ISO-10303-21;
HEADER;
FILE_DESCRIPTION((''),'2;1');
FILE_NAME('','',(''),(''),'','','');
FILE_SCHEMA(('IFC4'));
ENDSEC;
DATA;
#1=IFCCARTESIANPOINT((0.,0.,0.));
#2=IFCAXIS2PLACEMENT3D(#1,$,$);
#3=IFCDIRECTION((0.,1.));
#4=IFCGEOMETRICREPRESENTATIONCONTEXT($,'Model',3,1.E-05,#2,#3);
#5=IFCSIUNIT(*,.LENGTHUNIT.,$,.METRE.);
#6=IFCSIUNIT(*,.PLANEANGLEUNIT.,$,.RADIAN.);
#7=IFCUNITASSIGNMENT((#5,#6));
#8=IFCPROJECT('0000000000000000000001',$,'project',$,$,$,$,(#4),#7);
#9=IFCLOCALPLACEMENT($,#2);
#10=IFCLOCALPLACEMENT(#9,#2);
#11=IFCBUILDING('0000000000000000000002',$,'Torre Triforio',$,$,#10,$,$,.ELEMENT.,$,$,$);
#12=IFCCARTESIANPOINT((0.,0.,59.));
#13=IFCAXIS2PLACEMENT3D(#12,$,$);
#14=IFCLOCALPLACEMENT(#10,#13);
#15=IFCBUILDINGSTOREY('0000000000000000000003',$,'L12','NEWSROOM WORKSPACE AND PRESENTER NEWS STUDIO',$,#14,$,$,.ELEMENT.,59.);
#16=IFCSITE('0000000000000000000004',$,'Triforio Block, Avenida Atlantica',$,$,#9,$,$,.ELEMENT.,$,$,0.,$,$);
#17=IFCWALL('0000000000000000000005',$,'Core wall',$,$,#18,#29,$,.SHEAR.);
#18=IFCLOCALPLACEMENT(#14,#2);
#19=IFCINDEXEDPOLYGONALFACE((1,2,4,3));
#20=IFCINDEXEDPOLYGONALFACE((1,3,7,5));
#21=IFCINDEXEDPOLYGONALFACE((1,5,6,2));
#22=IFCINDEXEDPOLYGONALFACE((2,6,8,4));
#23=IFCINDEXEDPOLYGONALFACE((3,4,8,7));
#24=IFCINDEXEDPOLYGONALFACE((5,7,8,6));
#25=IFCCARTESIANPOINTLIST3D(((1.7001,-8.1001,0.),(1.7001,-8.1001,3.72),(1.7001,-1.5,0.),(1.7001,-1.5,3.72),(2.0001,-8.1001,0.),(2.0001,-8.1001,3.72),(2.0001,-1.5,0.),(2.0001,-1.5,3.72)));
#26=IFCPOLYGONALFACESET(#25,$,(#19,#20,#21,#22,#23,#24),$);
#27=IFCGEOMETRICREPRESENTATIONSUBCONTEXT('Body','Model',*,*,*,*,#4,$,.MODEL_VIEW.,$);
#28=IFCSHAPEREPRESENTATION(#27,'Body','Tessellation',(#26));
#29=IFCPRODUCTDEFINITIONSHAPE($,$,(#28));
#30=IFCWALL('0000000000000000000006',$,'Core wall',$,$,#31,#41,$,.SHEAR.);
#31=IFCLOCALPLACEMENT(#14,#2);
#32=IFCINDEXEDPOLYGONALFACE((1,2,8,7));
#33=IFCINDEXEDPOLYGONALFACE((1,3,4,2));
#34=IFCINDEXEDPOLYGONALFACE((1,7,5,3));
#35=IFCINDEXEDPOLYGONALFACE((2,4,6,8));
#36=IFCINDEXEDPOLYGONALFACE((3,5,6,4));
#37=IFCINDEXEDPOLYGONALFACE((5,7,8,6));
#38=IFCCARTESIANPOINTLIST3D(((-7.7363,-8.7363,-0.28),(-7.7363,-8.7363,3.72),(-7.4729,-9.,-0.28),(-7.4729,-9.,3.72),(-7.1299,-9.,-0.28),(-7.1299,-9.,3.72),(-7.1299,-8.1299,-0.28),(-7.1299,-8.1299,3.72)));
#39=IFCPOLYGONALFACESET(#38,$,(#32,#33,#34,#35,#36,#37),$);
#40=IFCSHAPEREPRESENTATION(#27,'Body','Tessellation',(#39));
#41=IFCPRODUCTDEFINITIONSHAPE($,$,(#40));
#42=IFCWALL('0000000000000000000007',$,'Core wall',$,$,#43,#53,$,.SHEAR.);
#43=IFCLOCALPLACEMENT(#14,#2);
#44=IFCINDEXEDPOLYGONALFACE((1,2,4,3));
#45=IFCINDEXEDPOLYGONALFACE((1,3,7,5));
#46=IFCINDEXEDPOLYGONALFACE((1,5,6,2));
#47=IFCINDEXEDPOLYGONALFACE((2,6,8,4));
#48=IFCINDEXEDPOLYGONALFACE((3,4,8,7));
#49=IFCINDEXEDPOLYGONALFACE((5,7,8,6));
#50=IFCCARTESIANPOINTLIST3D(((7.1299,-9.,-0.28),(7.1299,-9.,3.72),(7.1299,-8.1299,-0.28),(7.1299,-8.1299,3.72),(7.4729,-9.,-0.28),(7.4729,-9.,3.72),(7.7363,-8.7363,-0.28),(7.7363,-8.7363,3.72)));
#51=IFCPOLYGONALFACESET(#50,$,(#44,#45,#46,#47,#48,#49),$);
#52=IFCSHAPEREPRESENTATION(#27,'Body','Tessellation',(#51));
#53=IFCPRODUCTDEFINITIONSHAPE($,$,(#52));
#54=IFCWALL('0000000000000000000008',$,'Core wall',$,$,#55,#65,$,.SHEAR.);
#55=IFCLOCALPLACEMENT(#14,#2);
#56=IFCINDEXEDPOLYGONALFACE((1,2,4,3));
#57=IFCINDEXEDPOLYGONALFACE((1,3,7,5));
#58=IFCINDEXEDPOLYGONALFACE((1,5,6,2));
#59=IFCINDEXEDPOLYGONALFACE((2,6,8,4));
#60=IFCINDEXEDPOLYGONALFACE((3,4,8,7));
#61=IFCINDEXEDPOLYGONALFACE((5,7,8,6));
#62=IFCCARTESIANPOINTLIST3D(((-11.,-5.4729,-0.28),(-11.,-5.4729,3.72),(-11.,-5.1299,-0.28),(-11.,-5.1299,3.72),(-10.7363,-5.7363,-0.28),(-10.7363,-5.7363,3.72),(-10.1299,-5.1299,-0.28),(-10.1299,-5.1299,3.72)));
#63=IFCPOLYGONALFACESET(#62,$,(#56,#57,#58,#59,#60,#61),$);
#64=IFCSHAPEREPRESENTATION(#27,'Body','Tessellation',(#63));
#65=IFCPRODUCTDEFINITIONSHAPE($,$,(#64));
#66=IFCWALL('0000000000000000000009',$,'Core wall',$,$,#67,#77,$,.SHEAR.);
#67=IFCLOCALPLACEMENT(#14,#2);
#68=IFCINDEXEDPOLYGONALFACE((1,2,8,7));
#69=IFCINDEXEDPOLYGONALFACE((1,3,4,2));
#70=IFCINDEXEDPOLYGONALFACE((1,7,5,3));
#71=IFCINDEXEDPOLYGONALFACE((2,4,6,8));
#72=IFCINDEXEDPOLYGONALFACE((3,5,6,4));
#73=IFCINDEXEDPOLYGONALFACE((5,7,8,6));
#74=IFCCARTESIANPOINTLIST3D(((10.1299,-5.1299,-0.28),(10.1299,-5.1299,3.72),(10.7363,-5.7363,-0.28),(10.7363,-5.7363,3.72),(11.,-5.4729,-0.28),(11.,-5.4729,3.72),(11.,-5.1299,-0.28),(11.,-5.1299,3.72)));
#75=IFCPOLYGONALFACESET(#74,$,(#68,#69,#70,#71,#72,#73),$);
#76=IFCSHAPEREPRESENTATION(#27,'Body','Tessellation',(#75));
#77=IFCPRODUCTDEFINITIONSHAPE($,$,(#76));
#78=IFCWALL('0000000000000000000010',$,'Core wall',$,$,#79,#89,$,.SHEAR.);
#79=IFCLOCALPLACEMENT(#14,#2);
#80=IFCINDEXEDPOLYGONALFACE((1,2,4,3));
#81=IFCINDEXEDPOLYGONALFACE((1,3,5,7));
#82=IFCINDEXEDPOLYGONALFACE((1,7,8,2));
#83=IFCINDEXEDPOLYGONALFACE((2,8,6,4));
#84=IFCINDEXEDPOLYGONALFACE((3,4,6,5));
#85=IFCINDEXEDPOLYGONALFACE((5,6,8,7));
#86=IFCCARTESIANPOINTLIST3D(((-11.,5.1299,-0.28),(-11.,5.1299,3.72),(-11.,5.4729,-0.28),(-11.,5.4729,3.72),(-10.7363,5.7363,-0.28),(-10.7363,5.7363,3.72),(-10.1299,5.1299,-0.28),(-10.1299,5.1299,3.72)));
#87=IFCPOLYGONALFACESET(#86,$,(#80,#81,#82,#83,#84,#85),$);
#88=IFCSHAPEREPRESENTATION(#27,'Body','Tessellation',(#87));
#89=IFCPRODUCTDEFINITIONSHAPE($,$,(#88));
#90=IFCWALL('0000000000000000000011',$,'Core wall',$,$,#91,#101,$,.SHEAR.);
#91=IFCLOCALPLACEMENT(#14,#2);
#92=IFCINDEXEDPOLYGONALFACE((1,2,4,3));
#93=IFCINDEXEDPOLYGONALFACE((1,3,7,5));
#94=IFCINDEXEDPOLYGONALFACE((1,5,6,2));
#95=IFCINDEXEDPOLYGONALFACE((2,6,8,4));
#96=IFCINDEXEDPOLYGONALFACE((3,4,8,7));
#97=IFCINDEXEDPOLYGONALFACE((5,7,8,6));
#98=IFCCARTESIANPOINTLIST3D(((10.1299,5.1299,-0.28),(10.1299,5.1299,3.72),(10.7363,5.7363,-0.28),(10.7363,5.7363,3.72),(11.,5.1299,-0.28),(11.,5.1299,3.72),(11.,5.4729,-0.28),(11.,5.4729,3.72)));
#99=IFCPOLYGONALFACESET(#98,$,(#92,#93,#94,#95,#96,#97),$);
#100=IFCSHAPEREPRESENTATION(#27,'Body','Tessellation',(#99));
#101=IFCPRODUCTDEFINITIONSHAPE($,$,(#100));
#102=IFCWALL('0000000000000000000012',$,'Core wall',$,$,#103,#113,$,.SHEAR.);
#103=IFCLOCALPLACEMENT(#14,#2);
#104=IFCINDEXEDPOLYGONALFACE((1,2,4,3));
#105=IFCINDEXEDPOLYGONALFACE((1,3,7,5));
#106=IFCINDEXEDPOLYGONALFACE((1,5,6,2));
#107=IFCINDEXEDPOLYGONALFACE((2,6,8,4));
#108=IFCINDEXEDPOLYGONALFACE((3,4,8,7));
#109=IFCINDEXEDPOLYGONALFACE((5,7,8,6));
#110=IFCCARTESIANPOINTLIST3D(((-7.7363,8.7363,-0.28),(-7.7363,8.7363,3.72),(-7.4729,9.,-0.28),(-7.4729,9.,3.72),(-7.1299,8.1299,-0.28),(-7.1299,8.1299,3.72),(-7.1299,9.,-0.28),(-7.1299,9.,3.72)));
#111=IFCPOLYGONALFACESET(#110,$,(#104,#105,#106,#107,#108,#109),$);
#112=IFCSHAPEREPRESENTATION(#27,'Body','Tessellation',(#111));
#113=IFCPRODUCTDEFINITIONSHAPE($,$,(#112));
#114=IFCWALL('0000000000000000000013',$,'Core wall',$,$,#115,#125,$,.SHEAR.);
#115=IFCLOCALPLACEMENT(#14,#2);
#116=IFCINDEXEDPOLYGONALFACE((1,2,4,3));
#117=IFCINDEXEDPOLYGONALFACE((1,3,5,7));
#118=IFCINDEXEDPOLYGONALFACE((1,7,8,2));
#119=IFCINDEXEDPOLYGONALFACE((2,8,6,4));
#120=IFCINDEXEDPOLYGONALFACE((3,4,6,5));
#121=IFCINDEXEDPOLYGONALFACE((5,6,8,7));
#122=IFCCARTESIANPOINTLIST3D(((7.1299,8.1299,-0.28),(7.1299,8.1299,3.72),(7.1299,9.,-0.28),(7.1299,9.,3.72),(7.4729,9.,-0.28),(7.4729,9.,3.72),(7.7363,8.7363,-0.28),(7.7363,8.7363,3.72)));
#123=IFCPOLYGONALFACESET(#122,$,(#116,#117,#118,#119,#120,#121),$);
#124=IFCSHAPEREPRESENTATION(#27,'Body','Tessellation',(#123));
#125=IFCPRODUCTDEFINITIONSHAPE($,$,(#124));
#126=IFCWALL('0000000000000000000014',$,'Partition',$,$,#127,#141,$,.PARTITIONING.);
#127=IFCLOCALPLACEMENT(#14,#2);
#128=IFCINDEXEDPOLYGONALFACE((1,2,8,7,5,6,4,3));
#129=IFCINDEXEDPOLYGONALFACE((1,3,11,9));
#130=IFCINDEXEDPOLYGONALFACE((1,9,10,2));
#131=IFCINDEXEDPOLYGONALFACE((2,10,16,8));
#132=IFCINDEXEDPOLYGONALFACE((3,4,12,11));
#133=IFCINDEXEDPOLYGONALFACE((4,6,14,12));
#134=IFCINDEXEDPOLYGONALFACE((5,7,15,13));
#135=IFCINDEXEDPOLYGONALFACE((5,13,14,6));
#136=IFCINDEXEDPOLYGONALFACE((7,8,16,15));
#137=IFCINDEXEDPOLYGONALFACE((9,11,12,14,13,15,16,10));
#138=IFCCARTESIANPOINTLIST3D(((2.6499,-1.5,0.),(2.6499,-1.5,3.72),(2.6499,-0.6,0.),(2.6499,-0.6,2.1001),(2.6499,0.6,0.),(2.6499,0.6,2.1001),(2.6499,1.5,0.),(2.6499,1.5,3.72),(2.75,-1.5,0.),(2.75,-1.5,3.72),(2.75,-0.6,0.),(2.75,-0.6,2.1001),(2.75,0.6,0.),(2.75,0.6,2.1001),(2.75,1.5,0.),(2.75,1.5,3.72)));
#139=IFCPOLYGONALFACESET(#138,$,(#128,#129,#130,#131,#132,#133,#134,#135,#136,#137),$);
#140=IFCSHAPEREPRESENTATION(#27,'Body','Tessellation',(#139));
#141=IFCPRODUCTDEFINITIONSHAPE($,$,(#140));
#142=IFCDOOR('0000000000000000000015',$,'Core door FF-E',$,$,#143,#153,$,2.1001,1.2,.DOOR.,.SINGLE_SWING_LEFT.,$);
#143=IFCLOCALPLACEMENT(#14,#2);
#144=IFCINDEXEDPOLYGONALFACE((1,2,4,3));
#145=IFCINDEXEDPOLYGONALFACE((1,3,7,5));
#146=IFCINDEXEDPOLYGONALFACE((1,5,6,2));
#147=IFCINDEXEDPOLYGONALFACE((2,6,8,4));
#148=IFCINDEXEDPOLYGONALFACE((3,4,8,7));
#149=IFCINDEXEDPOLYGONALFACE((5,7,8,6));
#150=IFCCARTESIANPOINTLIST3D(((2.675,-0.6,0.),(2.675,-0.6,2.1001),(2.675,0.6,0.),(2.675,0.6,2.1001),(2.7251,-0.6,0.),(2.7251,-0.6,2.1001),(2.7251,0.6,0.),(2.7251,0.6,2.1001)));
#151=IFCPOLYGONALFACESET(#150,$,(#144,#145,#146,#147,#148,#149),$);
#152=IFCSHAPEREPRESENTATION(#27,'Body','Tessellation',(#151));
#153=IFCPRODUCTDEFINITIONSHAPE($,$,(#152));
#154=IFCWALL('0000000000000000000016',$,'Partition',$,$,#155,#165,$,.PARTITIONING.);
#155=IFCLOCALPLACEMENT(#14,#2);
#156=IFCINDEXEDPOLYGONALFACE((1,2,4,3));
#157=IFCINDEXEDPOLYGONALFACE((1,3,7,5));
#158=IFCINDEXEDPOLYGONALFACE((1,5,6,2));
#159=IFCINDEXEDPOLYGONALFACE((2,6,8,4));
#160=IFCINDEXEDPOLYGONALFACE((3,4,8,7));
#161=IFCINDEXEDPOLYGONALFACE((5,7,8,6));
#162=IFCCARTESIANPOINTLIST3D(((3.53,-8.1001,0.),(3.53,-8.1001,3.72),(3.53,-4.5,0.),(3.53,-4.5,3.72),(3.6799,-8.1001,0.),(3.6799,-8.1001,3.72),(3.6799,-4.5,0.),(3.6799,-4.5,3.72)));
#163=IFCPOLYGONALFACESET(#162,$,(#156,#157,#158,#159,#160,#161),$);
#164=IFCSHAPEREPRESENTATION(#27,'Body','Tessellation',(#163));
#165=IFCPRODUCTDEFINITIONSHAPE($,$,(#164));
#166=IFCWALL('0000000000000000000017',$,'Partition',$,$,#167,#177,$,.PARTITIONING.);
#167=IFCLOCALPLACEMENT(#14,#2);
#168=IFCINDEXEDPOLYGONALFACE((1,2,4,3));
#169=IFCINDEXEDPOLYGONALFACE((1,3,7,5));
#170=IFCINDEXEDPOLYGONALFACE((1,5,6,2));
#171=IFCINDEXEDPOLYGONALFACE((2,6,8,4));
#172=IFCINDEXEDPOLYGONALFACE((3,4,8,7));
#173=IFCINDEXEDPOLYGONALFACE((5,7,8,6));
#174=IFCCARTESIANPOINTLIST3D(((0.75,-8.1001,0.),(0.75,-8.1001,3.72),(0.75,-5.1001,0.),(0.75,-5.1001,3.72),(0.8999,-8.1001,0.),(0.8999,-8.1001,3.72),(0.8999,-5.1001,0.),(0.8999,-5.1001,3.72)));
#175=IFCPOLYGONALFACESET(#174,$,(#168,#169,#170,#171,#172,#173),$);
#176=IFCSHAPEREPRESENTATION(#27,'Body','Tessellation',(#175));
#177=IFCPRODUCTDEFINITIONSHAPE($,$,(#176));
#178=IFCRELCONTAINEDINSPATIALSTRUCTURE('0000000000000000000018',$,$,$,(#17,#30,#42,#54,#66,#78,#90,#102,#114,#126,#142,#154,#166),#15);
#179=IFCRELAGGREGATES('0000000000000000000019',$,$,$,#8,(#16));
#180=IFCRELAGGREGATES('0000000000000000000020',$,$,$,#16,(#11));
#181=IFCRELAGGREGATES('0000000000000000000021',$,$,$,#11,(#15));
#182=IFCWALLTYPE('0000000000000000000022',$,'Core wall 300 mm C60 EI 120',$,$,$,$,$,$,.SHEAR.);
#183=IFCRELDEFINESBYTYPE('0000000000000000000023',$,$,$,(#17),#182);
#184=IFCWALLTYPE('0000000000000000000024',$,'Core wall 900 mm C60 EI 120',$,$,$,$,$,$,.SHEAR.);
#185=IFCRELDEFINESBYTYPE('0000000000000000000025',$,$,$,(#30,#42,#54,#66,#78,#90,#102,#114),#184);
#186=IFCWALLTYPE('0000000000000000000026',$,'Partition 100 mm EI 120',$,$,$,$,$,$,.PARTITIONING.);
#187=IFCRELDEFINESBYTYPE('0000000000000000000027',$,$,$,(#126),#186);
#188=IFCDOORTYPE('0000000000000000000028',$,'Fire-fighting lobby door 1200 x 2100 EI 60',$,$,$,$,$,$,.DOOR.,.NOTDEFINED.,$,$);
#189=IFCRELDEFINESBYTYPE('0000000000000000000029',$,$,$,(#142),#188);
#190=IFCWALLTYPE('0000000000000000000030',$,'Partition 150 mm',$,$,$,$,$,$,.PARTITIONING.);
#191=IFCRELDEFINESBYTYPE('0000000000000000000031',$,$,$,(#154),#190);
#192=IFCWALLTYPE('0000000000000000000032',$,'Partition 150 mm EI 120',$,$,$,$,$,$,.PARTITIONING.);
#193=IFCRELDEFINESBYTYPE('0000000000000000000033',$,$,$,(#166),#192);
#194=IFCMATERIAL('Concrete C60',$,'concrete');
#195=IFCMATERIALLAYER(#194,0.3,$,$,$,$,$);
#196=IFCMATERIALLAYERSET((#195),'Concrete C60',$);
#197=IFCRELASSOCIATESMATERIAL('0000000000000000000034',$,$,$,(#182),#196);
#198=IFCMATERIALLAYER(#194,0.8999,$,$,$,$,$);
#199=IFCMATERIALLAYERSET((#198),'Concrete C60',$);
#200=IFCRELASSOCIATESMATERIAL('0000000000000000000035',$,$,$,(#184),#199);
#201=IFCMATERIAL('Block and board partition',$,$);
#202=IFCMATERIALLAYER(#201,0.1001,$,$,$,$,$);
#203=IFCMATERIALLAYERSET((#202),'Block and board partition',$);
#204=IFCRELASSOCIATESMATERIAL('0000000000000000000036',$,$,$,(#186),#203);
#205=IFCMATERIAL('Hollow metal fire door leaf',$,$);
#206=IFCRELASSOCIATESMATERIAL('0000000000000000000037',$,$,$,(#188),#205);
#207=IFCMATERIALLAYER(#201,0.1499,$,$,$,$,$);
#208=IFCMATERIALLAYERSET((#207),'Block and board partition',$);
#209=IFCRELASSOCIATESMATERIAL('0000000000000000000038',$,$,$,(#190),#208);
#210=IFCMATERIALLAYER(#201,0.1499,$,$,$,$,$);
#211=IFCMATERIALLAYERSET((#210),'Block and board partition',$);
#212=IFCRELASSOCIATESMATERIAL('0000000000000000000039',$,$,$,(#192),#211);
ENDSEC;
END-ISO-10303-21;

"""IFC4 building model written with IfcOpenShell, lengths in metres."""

from ifc_helpers import new_model, si_unit, direction, frame, frame_2d, origin, place, context, subcontext, project, spatial, polyline, rectangle, outline, extrude, material, layer, layer_set, type_object, element, fill, save


model = new_model("IFC4")

# Units and contexts
model_context = context("Model", 3, precision=1e-05, world=origin(), true_north=direction((0.0, 1.0)))
body_context = subcontext(model_context, "Body", "Model", "MODEL_VIEW")
ifc_project = project(units=[si_unit("LENGTHUNIT", "METRE"), si_unit("PLANEANGLEUNIT", "RADIAN")], contexts=[model_context])

# Site, building, storey
site_placement = place(None, origin())
site = spatial("IfcSite", under=ifc_project, at=site_placement, Name="Triforio Block, Avenida Atlantica", CompositionType="ELEMENT", RefElevation=0.0)
building_placement = place(site_placement, origin())
building = spatial("IfcBuilding", under=site, at=building_placement, Name="Torre Triforio", CompositionType="ELEMENT")
storey_placement = place(building_placement, frame((0.0, 0.0, 59.0)))
storey = spatial("IfcBuildingStorey", under=building, at=storey_placement, Name="L12", Description="NEWSROOM WORKSPACE AND PRESENTER NEWS STUDIO", CompositionType="ELEMENT", Elevation=59.0)

# Walls
ifc_material_1 = material(Name="Concrete C60", Category="concrete")
ifc_layer_1 = layer(ifc_material_1, 0.3)
ifc_layer_set_1 = layer_set([ifc_layer_1], Name="Concrete C60")
wall_type_1 = type_object("IfcWallType", Name="Core wall 300 mm C60 EI 120", PredefinedType="SHEAR", material=ifc_layer_set_1)
wall_1_placement = place(storey_placement, frame((1.8501, -8.1001, 0.0), z_axis=(0.0, 0.0, 1.0), x_axis=(0.0, 1.0, 0.0)))
element("IfcWall", 1, at=wall_1_placement, inside=storey, type_object=wall_type_1, Name="Core wall", PredefinedType="SHEAR", context=body_context, shape_type="SweptSolid", body=[
    extrude(rectangle(XDim=6.6001, YDim=0.3, at=frame_2d((3.3, 0.0))), origin(), (0.0, 0.0, 1.0), 3.72),
])
ifc_layer_2 = layer(ifc_material_1, 0.8999)
ifc_layer_set_2 = layer_set([ifc_layer_2], Name="Concrete C60")
wall_type_2 = type_object("IfcWallType", Name="Core wall 900 mm C60 EI 120", PredefinedType="SHEAR", material=ifc_layer_set_2)
wall_2_placement = place(storey_placement, frame((0.0, 0.0, -0.28)))
element("IfcWall", 2, at=wall_2_placement, inside=storey, type_object=wall_type_2, Name="Core wall", PredefinedType="SHEAR", context=body_context, shape_type="SweptSolid", body=[
    extrude(outline(polyline([(-7.4729, -9.0), (-7.7363, -8.7363), (-7.1299, -8.1299), (-7.1299, -9.0), (-7.4729, -9.0)])), origin(), (0.0, 0.0, 1.0), 4.0),
])
wall_3_placement = place(storey_placement, frame((0.0, 0.0, -0.28)))
element("IfcWall", 3, at=wall_3_placement, inside=storey, type_object=wall_type_2, Name="Core wall", PredefinedType="SHEAR", context=body_context, shape_type="SweptSolid", body=[
    extrude(outline(polyline([(7.4729, -9.0), (7.1299, -9.0), (7.1299, -8.1299), (7.7363, -8.7363), (7.4729, -9.0)])), origin(), (0.0, 0.0, 1.0), 4.0),
])
wall_4_placement = place(storey_placement, frame((0.0, 0.0, -0.28)))
element("IfcWall", 4, at=wall_4_placement, inside=storey, type_object=wall_type_2, Name="Core wall", PredefinedType="SHEAR", context=body_context, shape_type="SweptSolid", body=[
    extrude(outline(polyline([(-11.0, -5.4729), (-11.0, -5.1299), (-10.1299, -5.1299), (-10.7363, -5.7363), (-11.0, -5.4729)])), origin(), (0.0, 0.0, 1.0), 4.0),
])
wall_5_placement = place(storey_placement, frame((0.0, 0.0, -0.28)))
element("IfcWall", 5, at=wall_5_placement, inside=storey, type_object=wall_type_2, Name="Core wall", PredefinedType="SHEAR", context=body_context, shape_type="SweptSolid", body=[
    extrude(outline(polyline([(11.0, -5.4729), (10.7363, -5.7363), (10.1299, -5.1299), (11.0, -5.1299), (11.0, -5.4729)])), origin(), (0.0, 0.0, 1.0), 4.0),
])
wall_6_placement = place(storey_placement, frame((0.0, 0.0, -0.28)))
element("IfcWall", 6, at=wall_6_placement, inside=storey, type_object=wall_type_2, Name="Core wall", PredefinedType="SHEAR", context=body_context, shape_type="SweptSolid", body=[
    extrude(outline(polyline([(-10.7363, 5.7363), (-10.1299, 5.1299), (-11.0, 5.1299), (-11.0, 5.4729), (-10.7363, 5.7363)])), origin(), (0.0, 0.0, 1.0), 4.0),
])
wall_7_placement = place(storey_placement, frame((0.0, 0.0, -0.28)))
element("IfcWall", 7, at=wall_7_placement, inside=storey, type_object=wall_type_2, Name="Core wall", PredefinedType="SHEAR", context=body_context, shape_type="SweptSolid", body=[
    extrude(outline(polyline([(11.0, 5.4729), (11.0, 5.1299), (10.1299, 5.1299), (10.7363, 5.7363), (11.0, 5.4729)])), origin(), (0.0, 0.0, 1.0), 4.0),
])
wall_8_placement = place(storey_placement, frame((0.0, 0.0, -0.28)))
element("IfcWall", 8, at=wall_8_placement, inside=storey, type_object=wall_type_2, Name="Core wall", PredefinedType="SHEAR", context=body_context, shape_type="SweptSolid", body=[
    extrude(outline(polyline([(-7.4729, 9.0), (-7.1299, 9.0), (-7.1299, 8.1299), (-7.7363, 8.7363), (-7.4729, 9.0)])), origin(), (0.0, 0.0, 1.0), 4.0),
])
wall_9_placement = place(storey_placement, frame((0.0, 0.0, -0.28)))
element("IfcWall", 9, at=wall_9_placement, inside=storey, type_object=wall_type_2, Name="Core wall", PredefinedType="SHEAR", context=body_context, shape_type="SweptSolid", body=[
    extrude(outline(polyline([(7.4729, 9.0), (7.7363, 8.7363), (7.1299, 8.1299), (7.1299, 9.0), (7.4729, 9.0)])), origin(), (0.0, 0.0, 1.0), 4.0),
])

# Wall, opening, door
ifc_material_2 = material(Name="Block and board partition")
ifc_layer_3 = layer(ifc_material_2, 0.1001)
ifc_layer_set_3 = layer_set([ifc_layer_3], Name="Block and board partition")
wall_type_3 = type_object("IfcWallType", Name="Partition 100 mm EI 120", PredefinedType="PARTITIONING", material=ifc_layer_set_3)
wall_10_placement = place(storey_placement, frame((2.7, -1.5, 0.0), z_axis=(0.0, 0.0, 1.0), x_axis=(0.0, 1.0, 0.0)))
wall_10 = element("IfcWall", 10, at=wall_10_placement, inside=storey, type_object=wall_type_3, Name="Partition", PredefinedType="PARTITIONING", context=body_context, shape_type="SweptSolid", body=[
    extrude(rectangle(XDim=3.0, YDim=0.1001, at=frame_2d((1.5, 0.0))), origin(), (0.0, 0.0, 1.0), 3.72),
])
opening_placement = place(wall_10_placement, frame((0.8999, 0.0, 0.0)))
opening = element("IfcOpeningElement", 11, at=opening_placement, cuts=wall_10, PredefinedType="OPENING", context=body_context, shape_type="SweptSolid", body=[
    extrude(rectangle(XDim=1.2, YDim=2.1001, at=frame_2d((0.6001, 1.05))), frame((0.0, 0.0601, 0.0), z_axis=(0.0, -1.0, 0.0), x_axis=(1.0, 0.0, 0.0)), (0.0, 0.0, 1.0), 0.1201),
])
ifc_material_3 = material(Name="Hollow metal fire door leaf")
door_type = type_object("IfcDoorType", Name="Fire-fighting lobby door 1200 x 2100 EI 60", OperationType="NOTDEFINED", PredefinedType="DOOR", material=ifc_material_3)
door_placement = place(opening_placement, origin())
door = element("IfcDoor", 12, at=door_placement, inside=storey, type_object=door_type, Name="Core door FF-E", OperationType="SINGLE_SWING_LEFT", OverallHeight=2.1001, OverallWidth=1.2, PredefinedType="DOOR", context=body_context, shape_type="SweptSolid", body=[
    extrude(rectangle(XDim=1.2, YDim=2.1001, at=frame_2d((0.6001, 1.05))), frame((0.0, 0.0249, 0.0), z_axis=(0.0, -1.0, 0.0), x_axis=(1.0, 0.0, 0.0)), (0.0, 0.0, 1.0), 0.05),
])
fill(opening, door)

# Walls
ifc_layer_4 = layer(ifc_material_2, 0.1499)
ifc_layer_set_4 = layer_set([ifc_layer_4], Name="Block and board partition")
wall_type_4 = type_object("IfcWallType", Name="Partition 150 mm", PredefinedType="PARTITIONING", material=ifc_layer_set_4)
wall_11_placement = place(storey_placement, frame((3.605, -8.1001, 0.0), z_axis=(0.0, 0.0, 1.0), x_axis=(0.0, 1.0, 0.0)))
element("IfcWall", 13, at=wall_11_placement, inside=storey, type_object=wall_type_4, Name="Partition", PredefinedType="PARTITIONING", context=body_context, shape_type="SweptSolid", body=[
    extrude(rectangle(XDim=3.6001, YDim=0.1499, at=frame_2d((1.8, 0.0))), origin(), (0.0, 0.0, 1.0), 3.72),
])
ifc_layer_5 = layer(ifc_material_2, 0.1499)
ifc_layer_set_5 = layer_set([ifc_layer_5], Name="Block and board partition")
wall_type_5 = type_object("IfcWallType", Name="Partition 150 mm EI 120", PredefinedType="PARTITIONING", material=ifc_layer_set_5)
wall_12_placement = place(storey_placement, frame((0.825, -8.1001, 0.0), z_axis=(0.0, 0.0, 1.0), x_axis=(0.0, 1.0, 0.0)))
element("IfcWall", 14, at=wall_12_placement, inside=storey, type_object=wall_type_5, Name="Partition", PredefinedType="PARTITIONING", context=body_context, shape_type="SweptSolid", body=[
    extrude(rectangle(XDim=3.0, YDim=0.1499, at=frame_2d((1.5, 0.0))), origin(), (0.0, 0.0, 1.0), 3.72),
])

save(model, "model.ifc")
